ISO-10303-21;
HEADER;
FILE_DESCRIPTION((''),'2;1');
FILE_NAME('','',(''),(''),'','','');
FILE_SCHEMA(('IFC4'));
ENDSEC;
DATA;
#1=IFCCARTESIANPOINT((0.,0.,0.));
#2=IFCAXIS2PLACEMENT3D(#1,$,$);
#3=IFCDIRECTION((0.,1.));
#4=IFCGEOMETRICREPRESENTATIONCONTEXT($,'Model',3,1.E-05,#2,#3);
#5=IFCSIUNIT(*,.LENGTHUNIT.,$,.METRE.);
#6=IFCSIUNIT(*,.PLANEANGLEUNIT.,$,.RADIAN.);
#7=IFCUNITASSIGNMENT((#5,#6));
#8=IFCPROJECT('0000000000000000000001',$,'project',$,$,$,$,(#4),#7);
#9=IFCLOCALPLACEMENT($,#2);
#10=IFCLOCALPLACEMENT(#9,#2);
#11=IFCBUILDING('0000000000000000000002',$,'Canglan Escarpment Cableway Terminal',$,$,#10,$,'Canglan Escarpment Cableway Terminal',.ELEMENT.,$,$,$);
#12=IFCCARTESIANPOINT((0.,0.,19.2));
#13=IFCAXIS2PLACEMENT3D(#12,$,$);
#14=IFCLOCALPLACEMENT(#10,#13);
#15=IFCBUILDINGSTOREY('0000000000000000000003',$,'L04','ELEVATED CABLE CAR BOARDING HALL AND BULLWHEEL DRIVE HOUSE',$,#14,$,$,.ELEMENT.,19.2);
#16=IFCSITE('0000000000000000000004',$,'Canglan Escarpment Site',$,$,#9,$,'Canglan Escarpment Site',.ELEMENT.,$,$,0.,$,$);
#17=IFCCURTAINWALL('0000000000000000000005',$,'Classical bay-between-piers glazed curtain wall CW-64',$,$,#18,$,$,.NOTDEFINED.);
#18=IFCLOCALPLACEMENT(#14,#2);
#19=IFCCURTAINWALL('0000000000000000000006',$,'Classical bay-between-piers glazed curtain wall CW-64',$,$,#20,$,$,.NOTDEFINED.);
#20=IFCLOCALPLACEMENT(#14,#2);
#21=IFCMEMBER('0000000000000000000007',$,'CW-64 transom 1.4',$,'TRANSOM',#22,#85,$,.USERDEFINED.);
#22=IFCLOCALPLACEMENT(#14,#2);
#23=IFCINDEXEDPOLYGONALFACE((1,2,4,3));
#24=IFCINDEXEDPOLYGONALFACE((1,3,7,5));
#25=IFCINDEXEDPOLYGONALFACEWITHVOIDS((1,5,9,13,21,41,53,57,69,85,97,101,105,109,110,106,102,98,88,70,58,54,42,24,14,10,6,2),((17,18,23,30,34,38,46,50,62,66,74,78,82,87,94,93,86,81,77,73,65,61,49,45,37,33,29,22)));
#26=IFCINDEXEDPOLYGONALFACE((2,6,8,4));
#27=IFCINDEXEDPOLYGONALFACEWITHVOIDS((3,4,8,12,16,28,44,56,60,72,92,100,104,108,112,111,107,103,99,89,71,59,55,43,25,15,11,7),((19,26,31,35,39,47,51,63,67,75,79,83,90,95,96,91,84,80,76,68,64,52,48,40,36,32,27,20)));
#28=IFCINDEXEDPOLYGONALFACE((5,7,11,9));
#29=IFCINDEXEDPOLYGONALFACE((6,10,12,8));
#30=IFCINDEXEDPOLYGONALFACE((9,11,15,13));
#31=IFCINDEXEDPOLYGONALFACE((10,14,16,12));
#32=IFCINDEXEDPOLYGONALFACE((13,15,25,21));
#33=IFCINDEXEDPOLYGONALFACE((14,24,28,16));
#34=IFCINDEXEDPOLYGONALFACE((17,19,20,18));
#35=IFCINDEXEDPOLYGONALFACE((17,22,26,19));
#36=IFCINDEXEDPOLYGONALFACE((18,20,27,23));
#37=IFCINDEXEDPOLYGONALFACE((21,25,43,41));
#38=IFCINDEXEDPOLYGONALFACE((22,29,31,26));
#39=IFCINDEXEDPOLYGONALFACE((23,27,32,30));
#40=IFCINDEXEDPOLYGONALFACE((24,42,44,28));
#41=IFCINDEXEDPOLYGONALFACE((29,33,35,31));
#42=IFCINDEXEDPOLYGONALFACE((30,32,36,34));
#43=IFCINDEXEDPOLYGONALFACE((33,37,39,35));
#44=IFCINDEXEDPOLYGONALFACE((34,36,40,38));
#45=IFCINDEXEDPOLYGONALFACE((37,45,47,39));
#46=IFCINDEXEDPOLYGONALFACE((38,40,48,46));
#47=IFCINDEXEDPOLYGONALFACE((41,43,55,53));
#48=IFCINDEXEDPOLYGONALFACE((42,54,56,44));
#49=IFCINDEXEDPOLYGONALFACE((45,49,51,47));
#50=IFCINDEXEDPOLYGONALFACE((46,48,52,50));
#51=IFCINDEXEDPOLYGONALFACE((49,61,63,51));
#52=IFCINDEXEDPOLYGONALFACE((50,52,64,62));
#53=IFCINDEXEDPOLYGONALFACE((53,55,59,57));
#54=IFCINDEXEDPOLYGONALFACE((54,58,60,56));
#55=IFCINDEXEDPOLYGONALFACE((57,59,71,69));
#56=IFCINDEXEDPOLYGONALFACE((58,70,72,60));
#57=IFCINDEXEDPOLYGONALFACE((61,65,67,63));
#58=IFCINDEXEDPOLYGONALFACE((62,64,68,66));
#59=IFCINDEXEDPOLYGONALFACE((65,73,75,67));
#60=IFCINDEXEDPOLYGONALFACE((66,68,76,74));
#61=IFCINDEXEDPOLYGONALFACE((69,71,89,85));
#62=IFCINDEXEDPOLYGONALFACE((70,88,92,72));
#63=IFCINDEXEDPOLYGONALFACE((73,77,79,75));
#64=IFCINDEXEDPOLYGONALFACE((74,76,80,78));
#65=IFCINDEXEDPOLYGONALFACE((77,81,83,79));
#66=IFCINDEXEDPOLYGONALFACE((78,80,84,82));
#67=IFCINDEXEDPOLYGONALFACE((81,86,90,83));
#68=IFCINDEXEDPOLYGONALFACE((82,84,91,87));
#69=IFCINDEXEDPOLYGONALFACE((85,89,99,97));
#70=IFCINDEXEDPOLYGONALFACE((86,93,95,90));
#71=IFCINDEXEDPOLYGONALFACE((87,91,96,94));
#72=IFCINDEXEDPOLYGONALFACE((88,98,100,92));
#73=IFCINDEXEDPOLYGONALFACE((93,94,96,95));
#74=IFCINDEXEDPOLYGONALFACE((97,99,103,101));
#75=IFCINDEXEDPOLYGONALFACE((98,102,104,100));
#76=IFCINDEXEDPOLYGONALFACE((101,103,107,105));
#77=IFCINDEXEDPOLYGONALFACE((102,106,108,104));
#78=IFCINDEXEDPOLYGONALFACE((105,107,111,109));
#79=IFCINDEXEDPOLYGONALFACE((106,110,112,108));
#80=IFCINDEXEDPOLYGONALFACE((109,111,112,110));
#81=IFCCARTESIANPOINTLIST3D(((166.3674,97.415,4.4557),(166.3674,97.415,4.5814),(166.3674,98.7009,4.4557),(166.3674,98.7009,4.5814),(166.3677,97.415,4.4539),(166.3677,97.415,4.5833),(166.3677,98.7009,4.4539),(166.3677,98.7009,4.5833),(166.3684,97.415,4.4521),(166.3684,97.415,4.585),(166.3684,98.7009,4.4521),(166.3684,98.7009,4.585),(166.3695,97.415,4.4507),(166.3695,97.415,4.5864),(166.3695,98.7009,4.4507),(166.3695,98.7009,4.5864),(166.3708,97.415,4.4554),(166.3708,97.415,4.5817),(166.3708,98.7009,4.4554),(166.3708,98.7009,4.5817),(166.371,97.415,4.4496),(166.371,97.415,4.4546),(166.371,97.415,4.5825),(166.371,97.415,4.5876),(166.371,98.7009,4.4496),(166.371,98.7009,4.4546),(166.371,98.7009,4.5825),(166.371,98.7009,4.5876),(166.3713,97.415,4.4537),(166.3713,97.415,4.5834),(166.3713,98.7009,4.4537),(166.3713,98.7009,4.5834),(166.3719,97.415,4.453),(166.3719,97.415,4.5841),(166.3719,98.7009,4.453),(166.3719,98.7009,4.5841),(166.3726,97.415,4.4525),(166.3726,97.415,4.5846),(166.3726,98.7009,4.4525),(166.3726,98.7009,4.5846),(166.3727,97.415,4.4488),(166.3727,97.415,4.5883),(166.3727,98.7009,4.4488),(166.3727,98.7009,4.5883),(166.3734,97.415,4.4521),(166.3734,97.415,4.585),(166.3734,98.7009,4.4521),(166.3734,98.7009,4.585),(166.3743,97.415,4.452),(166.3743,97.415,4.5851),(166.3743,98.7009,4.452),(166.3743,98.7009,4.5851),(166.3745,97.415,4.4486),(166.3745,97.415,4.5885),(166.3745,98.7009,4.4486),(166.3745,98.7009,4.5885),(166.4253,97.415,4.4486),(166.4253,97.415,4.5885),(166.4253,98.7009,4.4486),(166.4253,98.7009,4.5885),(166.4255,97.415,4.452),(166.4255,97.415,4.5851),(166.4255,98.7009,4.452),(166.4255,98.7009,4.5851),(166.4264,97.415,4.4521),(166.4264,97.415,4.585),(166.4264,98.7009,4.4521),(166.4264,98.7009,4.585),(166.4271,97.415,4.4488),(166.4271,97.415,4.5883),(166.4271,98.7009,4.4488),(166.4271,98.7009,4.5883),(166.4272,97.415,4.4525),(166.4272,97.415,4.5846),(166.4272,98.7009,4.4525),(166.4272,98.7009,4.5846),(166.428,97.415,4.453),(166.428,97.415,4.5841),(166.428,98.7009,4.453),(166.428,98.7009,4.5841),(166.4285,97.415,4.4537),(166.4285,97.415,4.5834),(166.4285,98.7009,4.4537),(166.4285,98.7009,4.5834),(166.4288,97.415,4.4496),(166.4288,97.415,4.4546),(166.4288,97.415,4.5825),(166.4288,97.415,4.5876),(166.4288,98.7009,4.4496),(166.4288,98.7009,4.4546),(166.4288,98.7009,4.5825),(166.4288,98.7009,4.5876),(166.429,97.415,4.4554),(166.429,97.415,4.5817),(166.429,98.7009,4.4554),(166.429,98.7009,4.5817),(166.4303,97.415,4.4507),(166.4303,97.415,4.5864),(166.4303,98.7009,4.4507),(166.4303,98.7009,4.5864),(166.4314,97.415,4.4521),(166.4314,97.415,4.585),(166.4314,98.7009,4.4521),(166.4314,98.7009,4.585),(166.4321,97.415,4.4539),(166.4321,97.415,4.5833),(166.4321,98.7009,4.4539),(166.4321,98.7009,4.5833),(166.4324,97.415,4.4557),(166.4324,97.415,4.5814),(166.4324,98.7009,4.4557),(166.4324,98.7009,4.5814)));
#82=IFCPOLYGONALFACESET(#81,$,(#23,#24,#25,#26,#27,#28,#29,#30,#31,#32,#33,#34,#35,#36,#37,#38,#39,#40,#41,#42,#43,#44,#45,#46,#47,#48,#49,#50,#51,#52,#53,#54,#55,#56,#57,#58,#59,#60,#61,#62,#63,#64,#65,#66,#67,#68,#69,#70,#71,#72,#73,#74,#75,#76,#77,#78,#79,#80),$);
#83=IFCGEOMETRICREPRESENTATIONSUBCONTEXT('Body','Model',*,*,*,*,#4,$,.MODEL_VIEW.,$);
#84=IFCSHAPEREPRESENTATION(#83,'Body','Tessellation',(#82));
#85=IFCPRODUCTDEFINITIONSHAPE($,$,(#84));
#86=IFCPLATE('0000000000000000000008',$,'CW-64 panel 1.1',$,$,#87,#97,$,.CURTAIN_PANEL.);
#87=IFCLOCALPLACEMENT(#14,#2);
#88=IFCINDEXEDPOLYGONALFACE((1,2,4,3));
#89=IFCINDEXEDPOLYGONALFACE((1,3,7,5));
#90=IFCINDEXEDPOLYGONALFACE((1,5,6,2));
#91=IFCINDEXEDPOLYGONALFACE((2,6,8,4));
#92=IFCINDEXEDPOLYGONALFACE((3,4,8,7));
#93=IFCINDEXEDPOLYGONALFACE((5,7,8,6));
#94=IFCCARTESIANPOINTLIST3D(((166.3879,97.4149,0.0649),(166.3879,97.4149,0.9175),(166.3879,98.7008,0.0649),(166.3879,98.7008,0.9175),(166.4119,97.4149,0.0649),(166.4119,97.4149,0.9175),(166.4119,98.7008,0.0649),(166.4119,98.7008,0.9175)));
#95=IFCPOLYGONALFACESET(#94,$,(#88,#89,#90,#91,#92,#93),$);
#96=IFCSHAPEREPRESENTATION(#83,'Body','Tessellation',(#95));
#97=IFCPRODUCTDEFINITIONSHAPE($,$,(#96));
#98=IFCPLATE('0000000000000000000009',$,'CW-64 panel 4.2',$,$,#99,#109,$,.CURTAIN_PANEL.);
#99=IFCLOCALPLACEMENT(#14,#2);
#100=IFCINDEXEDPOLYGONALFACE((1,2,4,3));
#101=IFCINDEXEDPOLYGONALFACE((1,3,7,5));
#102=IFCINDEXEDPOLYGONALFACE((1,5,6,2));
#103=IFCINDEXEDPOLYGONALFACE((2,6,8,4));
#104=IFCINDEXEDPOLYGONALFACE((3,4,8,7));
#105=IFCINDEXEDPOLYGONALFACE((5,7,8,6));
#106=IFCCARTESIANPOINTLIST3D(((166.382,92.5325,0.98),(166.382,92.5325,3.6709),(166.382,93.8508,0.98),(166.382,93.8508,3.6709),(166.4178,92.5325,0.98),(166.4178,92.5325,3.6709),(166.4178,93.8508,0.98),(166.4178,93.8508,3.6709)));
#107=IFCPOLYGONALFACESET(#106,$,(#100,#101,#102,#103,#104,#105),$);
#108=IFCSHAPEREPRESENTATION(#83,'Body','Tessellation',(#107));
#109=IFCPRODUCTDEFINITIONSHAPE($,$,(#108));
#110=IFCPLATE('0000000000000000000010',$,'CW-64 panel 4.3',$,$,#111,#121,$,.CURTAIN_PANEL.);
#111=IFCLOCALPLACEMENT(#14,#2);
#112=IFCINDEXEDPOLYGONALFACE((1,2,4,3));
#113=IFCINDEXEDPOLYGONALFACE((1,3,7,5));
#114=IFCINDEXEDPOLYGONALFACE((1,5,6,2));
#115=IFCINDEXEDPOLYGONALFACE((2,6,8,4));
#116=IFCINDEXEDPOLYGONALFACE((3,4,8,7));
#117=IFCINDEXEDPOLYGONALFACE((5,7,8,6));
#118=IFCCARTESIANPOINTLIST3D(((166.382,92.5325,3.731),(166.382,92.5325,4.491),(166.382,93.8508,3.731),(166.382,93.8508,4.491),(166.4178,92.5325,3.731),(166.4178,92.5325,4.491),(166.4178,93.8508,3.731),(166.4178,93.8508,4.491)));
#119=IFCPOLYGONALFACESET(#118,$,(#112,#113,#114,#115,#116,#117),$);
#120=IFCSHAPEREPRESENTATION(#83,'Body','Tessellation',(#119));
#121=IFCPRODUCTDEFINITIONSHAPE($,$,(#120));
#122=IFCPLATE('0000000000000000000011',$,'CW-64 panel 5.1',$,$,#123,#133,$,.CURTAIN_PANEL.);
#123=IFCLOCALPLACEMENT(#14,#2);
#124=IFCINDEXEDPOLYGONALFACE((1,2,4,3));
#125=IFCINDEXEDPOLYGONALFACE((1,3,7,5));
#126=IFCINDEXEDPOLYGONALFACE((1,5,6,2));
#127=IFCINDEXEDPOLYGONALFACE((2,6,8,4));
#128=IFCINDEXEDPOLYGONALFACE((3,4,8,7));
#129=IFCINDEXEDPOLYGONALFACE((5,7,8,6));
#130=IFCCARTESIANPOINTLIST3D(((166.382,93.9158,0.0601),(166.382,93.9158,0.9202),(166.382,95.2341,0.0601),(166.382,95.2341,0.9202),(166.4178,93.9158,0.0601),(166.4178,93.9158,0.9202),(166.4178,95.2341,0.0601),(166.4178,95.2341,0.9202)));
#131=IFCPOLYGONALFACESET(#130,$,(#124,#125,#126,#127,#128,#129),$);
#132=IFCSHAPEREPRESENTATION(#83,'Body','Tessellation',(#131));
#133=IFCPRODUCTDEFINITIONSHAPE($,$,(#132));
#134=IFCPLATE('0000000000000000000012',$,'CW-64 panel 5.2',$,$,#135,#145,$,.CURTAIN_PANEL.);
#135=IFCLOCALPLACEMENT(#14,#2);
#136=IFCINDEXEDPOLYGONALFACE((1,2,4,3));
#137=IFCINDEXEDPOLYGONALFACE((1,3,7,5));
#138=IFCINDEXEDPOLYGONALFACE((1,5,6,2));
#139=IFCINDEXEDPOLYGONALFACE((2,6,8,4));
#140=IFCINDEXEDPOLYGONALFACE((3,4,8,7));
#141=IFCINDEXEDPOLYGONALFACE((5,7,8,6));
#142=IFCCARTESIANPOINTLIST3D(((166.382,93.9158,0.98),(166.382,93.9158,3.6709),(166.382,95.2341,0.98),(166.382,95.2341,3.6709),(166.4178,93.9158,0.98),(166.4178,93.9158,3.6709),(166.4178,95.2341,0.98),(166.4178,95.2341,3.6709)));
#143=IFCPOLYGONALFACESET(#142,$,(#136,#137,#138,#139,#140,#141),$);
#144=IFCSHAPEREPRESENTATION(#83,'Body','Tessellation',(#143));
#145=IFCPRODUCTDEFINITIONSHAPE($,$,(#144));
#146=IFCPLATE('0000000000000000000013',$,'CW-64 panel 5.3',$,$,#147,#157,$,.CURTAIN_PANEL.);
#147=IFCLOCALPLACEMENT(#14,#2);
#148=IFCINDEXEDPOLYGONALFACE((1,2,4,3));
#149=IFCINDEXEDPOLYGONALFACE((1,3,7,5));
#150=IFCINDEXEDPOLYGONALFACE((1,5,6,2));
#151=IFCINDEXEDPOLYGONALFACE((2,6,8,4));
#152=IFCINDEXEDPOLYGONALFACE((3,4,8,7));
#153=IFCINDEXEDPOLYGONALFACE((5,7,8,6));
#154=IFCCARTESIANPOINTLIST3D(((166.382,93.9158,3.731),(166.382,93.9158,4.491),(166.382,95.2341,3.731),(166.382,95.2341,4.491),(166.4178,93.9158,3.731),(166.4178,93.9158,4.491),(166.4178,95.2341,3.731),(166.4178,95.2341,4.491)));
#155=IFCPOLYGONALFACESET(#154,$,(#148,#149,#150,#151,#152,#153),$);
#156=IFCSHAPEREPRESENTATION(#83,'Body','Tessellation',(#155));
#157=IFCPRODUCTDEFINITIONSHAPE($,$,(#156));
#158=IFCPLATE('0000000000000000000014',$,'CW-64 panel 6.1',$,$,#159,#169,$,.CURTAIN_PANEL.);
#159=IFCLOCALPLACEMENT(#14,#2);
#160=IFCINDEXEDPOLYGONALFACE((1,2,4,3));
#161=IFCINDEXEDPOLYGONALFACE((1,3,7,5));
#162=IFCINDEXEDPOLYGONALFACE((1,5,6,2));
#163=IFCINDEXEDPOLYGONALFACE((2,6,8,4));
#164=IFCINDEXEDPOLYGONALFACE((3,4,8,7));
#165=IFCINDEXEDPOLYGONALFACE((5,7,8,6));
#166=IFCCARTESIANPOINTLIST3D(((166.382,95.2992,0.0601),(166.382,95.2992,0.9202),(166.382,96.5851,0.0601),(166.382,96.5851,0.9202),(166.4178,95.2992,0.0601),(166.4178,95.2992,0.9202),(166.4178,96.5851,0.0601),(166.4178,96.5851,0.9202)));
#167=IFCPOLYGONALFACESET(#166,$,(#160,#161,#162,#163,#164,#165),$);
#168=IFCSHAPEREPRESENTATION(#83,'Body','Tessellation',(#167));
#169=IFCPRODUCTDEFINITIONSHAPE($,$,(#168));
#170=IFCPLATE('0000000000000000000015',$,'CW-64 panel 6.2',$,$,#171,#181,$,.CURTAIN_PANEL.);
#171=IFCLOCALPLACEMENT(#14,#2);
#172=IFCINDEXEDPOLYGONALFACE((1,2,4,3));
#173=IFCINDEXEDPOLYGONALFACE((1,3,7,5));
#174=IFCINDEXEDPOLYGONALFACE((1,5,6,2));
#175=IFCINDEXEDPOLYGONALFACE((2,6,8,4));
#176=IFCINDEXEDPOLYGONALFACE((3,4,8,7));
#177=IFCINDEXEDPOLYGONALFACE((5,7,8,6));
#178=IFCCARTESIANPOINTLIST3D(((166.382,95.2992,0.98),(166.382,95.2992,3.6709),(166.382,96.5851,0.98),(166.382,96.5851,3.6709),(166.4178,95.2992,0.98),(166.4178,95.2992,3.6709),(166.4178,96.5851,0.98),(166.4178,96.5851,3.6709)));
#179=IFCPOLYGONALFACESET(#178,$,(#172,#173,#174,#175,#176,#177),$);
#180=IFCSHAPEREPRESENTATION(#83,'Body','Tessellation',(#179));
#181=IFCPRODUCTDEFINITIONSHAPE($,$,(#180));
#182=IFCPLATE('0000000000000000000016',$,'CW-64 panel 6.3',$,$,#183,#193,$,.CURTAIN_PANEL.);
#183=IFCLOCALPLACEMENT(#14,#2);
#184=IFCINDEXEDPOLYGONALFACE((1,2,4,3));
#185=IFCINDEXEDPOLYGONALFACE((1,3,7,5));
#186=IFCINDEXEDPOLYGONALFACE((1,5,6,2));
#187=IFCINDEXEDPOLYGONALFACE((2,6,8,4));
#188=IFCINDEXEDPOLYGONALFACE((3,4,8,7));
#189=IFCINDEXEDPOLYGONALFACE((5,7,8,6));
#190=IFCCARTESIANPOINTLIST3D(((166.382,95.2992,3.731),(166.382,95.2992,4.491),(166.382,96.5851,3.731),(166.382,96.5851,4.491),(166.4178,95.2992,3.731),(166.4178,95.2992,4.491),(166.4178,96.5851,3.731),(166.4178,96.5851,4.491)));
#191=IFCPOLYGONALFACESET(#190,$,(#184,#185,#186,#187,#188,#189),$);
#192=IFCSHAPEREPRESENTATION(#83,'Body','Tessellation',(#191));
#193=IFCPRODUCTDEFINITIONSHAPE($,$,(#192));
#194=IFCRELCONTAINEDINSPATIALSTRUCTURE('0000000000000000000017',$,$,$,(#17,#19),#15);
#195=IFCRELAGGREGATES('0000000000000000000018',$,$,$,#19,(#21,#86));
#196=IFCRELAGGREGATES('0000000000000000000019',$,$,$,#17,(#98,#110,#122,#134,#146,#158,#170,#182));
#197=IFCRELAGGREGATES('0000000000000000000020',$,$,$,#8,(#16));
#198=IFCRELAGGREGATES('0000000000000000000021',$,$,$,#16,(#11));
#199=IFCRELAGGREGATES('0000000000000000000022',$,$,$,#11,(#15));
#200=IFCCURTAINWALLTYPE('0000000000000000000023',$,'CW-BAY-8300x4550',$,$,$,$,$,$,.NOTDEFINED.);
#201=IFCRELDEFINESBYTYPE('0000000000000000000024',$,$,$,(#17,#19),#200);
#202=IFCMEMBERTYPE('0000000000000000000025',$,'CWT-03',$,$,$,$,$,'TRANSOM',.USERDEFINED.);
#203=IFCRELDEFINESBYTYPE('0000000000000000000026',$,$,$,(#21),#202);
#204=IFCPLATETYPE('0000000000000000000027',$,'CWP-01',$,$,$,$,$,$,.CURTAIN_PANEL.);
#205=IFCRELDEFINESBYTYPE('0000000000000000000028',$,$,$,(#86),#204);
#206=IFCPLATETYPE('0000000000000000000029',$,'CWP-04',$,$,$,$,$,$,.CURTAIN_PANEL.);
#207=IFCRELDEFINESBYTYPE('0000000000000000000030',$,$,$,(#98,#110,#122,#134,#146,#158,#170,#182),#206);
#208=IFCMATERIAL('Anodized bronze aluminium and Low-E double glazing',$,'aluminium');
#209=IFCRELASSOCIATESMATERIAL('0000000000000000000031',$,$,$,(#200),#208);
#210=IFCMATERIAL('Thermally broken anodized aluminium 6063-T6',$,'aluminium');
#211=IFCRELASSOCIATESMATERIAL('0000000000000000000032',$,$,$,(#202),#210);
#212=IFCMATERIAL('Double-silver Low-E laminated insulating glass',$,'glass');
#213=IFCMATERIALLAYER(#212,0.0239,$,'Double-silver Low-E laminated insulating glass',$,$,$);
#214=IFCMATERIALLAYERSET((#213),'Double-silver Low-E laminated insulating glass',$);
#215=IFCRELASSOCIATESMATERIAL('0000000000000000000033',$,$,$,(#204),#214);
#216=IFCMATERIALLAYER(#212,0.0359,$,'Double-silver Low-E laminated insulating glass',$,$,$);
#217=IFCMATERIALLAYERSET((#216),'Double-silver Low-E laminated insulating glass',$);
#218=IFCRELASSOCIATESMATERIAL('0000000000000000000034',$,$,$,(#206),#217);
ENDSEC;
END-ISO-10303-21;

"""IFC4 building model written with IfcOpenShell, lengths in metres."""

from ifc_helpers import new_model, si_unit, direction, frame, origin, origin_2d, place, context, subcontext, project, spatial, rectangle, hollow_rectangle, extrude, material, layer, layer_set, material_profile, profile_set, type_object, element, aggregate, save


model = new_model("IFC4")

# Units and contexts
model_context = context("Model", 3, precision=1e-05, world=origin(), true_north=direction((0.0, 1.0)))
body_context = subcontext(model_context, "Body", "Model", "MODEL_VIEW")
ifc_project = project(units=[si_unit("LENGTHUNIT", "METRE"), si_unit("PLANEANGLEUNIT", "RADIAN")], contexts=[model_context])

# Site, building, storey
site_placement = place(None, origin())
site = spatial("IfcSite", under=ifc_project, at=site_placement, Name="Canglan Escarpment Site", LongName="Canglan Escarpment Site", CompositionType="ELEMENT", RefElevation=0.0)
building_placement = place(site_placement, origin())
building = spatial("IfcBuilding", under=site, at=building_placement, Name="Canglan Escarpment Cableway Terminal", LongName="Canglan Escarpment Cableway Terminal", CompositionType="ELEMENT")
storey_placement = place(building_placement, frame((0.0, 0.0, 19.2)))
storey = spatial("IfcBuildingStorey", under=building, at=storey_placement, Name="L04", Description="ELEVATED CABLE CAR BOARDING HALL AND BULLWHEEL DRIVE HOUSE", CompositionType="ELEMENT", Elevation=19.2)

# Curtain wall
ifc_material_1 = material(Name="Anodized bronze aluminium and Low-E double glazing", Category="aluminium")
curtain_wall_type = type_object("IfcCurtainWallType", Name="CW-BAY-8300x4550", PredefinedType="NOTDEFINED", material=ifc_material_1)
curtain_wall_1_placement = place(storey_placement, origin())
curtain_wall_1 = element("IfcCurtainWall", 1, at=curtain_wall_1_placement, inside=storey, type_object=curtain_wall_type, Name="Classical bay-between-piers glazed curtain wall CW-64", PredefinedType="NOTDEFINED")
ifc_material_2 = material(Name="Thermally broken anodized aluminium 6063-T6", Category="aluminium")

# Curtain wall
curtain_wall_2_placement = place(storey_placement, origin())
curtain_wall_2 = element("IfcCurtainWall", 2, at=curtain_wall_2_placement, inside=storey, type_object=curtain_wall_type, Name="Classical bay-between-piers glazed curtain wall CW-64", PredefinedType="NOTDEFINED")

# Member
ifc_material_profile_1 = material_profile(ifc_material_2, hollow_rectangle(XDim=0.0649, YDim=0.1399, WallThickness=0.0034, InnerFilletRadius=0.0034, OuterFilletRadius=0.0071, at=origin_2d()), Name="ALU-TRAN 65x140x3.5")
ifc_profile_set_1 = profile_set([ifc_material_profile_1], Name="Thermally broken anodized aluminium 6063-T6")
member_type_1 = type_object("IfcMemberType", Name="CWT-03", ElementType="TRANSOM", PredefinedType="USERDEFINED", material=ifc_profile_set_1)
member_1_placement = place(storey_placement, frame((166.3999, 97.415, 4.5186), z_axis=(0.0, 1.0, 0.0), x_axis=(-1.0, 0.0, 0.0)))
member_1 = element("IfcMember", 3, at=member_1_placement, type_object=member_type_1, Name="CW-64 transom 1.4", ObjectType="TRANSOM", PredefinedType="USERDEFINED", context=body_context, shape_type="SweptSolid", body=[
    extrude(hollow_rectangle(XDim=0.0649, YDim=0.1399, WallThickness=0.0034, InnerFilletRadius=0.0034, OuterFilletRadius=0.0071, at=origin_2d()), origin(), (0.0, 0.0, 1.0), 1.2859),
])

# Plates
ifc_material_3 = material(Name="Double-silver Low-E laminated insulating glass", Category="glass")
ifc_layer_1 = layer(ifc_material_3, 0.0239, Name="Double-silver Low-E laminated insulating glass")
ifc_layer_set_1 = layer_set([ifc_layer_1], Name="Double-silver Low-E laminated insulating glass")
plate_type_1 = type_object("IfcPlateType", Name="CWP-01", PredefinedType="CURTAIN_PANEL", material=ifc_layer_set_1)
plate_1_placement = place(storey_placement, frame((166.3999, 98.0579, 0.0649), z_axis=(0.0, 0.0, 1.0), x_axis=(0.0, 1.0, 0.0)))
plate_1 = element("IfcPlate", 4, at=plate_1_placement, type_object=plate_type_1, Name="CW-64 panel 1.1", PredefinedType="CURTAIN_PANEL", context=body_context, shape_type="SweptSolid", body=[
    extrude(rectangle(XDim=1.2859, YDim=0.0239, at=origin_2d()), origin(), (0.0, 0.0, 1.0), 0.8525),
])
aggregate(curtain_wall_2, [member_1, plate_1])
ifc_layer_2 = layer(ifc_material_3, 0.0359, Name="Double-silver Low-E laminated insulating glass")
ifc_layer_set_2 = layer_set([ifc_layer_2], Name="Double-silver Low-E laminated insulating glass")
plate_type_2 = type_object("IfcPlateType", Name="CWP-04", PredefinedType="CURTAIN_PANEL", material=ifc_layer_set_2)
plate_2_placement = place(storey_placement, frame((166.3999, 93.1917, 0.98), z_axis=(0.0, 0.0, 1.0), x_axis=(0.0, 1.0, 0.0)))
plate_2 = element("IfcPlate", 5, at=plate_2_placement, type_object=plate_type_2, Name="CW-64 panel 4.2", PredefinedType="CURTAIN_PANEL", context=body_context, shape_type="SweptSolid", body=[
    extrude(rectangle(XDim=1.3184, YDim=0.0359, at=origin_2d()), origin(), (0.0, 0.0, 1.0), 2.6909),
])
plate_3_placement = place(storey_placement, frame((166.3999, 93.1917, 3.731), z_axis=(0.0, 0.0, 1.0), x_axis=(0.0, 1.0, 0.0)))
plate_3 = element("IfcPlate", 6, at=plate_3_placement, type_object=plate_type_2, Name="CW-64 panel 4.3", PredefinedType="CURTAIN_PANEL", context=body_context, shape_type="SweptSolid", body=[
    extrude(rectangle(XDim=1.3184, YDim=0.0359, at=origin_2d()), origin(), (0.0, 0.0, 1.0), 0.76),
])
plate_4_placement = place(storey_placement, frame((166.3999, 94.575, 0.0601), z_axis=(0.0, 0.0, 1.0), x_axis=(0.0, 1.0, 0.0)))
plate_4 = element("IfcPlate", 7, at=plate_4_placement, type_object=plate_type_2, Name="CW-64 panel 5.1", PredefinedType="CURTAIN_PANEL", context=body_context, shape_type="SweptSolid", body=[
    extrude(rectangle(XDim=1.3184, YDim=0.0359, at=origin_2d()), origin(), (0.0, 0.0, 1.0), 0.8601),
])
plate_5_placement = place(storey_placement, frame((166.3999, 94.575, 0.98), z_axis=(0.0, 0.0, 1.0), x_axis=(0.0, 1.0, 0.0)))
plate_5 = element("IfcPlate", 8, at=plate_5_placement, type_object=plate_type_2, Name="CW-64 panel 5.2", PredefinedType="CURTAIN_PANEL", context=body_context, shape_type="SweptSolid", body=[
    extrude(rectangle(XDim=1.3184, YDim=0.0359, at=origin_2d()), origin(), (0.0, 0.0, 1.0), 2.6909),
])
plate_6_placement = place(storey_placement, frame((166.3999, 94.575, 3.731), z_axis=(0.0, 0.0, 1.0), x_axis=(0.0, 1.0, 0.0)))
plate_6 = element("IfcPlate", 9, at=plate_6_placement, type_object=plate_type_2, Name="CW-64 panel 5.3", PredefinedType="CURTAIN_PANEL", context=body_context, shape_type="SweptSolid", body=[
    extrude(rectangle(XDim=1.3184, YDim=0.0359, at=origin_2d()), origin(), (0.0, 0.0, 1.0), 0.76),
])
plate_7_placement = place(storey_placement, frame((166.3999, 95.9421, 0.0601), z_axis=(0.0, 0.0, 1.0), x_axis=(0.0, 1.0, 0.0)))
plate_7 = element("IfcPlate", 10, at=plate_7_placement, type_object=plate_type_2, Name="CW-64 panel 6.1", PredefinedType="CURTAIN_PANEL", context=body_context, shape_type="SweptSolid", body=[
    extrude(rectangle(XDim=1.2859, YDim=0.0359, at=origin_2d()), origin(), (0.0, 0.0, 1.0), 0.8601),
])
plate_8_placement = place(storey_placement, frame((166.3999, 95.9421, 0.98), z_axis=(0.0, 0.0, 1.0), x_axis=(0.0, 1.0, 0.0)))
plate_8 = element("IfcPlate", 11, at=plate_8_placement, type_object=plate_type_2, Name="CW-64 panel 6.2", PredefinedType="CURTAIN_PANEL", context=body_context, shape_type="SweptSolid", body=[
    extrude(rectangle(XDim=1.2859, YDim=0.0359, at=origin_2d()), origin(), (0.0, 0.0, 1.0), 2.6909),
])
plate_9_placement = place(storey_placement, frame((166.3999, 95.9421, 3.731), z_axis=(0.0, 0.0, 1.0), x_axis=(0.0, 1.0, 0.0)))
plate_9 = element("IfcPlate", 12, at=plate_9_placement, type_object=plate_type_2, Name="CW-64 panel 6.3", PredefinedType="CURTAIN_PANEL", context=body_context, shape_type="SweptSolid", body=[
    extrude(rectangle(XDim=1.2859, YDim=0.0359, at=origin_2d()), origin(), (0.0, 0.0, 1.0), 0.76),
])
aggregate(curtain_wall_1, [plate_2, plate_3, plate_4, plate_5, plate_6, plate_7, plate_8, plate_9])

save(model, "model.ifc")
